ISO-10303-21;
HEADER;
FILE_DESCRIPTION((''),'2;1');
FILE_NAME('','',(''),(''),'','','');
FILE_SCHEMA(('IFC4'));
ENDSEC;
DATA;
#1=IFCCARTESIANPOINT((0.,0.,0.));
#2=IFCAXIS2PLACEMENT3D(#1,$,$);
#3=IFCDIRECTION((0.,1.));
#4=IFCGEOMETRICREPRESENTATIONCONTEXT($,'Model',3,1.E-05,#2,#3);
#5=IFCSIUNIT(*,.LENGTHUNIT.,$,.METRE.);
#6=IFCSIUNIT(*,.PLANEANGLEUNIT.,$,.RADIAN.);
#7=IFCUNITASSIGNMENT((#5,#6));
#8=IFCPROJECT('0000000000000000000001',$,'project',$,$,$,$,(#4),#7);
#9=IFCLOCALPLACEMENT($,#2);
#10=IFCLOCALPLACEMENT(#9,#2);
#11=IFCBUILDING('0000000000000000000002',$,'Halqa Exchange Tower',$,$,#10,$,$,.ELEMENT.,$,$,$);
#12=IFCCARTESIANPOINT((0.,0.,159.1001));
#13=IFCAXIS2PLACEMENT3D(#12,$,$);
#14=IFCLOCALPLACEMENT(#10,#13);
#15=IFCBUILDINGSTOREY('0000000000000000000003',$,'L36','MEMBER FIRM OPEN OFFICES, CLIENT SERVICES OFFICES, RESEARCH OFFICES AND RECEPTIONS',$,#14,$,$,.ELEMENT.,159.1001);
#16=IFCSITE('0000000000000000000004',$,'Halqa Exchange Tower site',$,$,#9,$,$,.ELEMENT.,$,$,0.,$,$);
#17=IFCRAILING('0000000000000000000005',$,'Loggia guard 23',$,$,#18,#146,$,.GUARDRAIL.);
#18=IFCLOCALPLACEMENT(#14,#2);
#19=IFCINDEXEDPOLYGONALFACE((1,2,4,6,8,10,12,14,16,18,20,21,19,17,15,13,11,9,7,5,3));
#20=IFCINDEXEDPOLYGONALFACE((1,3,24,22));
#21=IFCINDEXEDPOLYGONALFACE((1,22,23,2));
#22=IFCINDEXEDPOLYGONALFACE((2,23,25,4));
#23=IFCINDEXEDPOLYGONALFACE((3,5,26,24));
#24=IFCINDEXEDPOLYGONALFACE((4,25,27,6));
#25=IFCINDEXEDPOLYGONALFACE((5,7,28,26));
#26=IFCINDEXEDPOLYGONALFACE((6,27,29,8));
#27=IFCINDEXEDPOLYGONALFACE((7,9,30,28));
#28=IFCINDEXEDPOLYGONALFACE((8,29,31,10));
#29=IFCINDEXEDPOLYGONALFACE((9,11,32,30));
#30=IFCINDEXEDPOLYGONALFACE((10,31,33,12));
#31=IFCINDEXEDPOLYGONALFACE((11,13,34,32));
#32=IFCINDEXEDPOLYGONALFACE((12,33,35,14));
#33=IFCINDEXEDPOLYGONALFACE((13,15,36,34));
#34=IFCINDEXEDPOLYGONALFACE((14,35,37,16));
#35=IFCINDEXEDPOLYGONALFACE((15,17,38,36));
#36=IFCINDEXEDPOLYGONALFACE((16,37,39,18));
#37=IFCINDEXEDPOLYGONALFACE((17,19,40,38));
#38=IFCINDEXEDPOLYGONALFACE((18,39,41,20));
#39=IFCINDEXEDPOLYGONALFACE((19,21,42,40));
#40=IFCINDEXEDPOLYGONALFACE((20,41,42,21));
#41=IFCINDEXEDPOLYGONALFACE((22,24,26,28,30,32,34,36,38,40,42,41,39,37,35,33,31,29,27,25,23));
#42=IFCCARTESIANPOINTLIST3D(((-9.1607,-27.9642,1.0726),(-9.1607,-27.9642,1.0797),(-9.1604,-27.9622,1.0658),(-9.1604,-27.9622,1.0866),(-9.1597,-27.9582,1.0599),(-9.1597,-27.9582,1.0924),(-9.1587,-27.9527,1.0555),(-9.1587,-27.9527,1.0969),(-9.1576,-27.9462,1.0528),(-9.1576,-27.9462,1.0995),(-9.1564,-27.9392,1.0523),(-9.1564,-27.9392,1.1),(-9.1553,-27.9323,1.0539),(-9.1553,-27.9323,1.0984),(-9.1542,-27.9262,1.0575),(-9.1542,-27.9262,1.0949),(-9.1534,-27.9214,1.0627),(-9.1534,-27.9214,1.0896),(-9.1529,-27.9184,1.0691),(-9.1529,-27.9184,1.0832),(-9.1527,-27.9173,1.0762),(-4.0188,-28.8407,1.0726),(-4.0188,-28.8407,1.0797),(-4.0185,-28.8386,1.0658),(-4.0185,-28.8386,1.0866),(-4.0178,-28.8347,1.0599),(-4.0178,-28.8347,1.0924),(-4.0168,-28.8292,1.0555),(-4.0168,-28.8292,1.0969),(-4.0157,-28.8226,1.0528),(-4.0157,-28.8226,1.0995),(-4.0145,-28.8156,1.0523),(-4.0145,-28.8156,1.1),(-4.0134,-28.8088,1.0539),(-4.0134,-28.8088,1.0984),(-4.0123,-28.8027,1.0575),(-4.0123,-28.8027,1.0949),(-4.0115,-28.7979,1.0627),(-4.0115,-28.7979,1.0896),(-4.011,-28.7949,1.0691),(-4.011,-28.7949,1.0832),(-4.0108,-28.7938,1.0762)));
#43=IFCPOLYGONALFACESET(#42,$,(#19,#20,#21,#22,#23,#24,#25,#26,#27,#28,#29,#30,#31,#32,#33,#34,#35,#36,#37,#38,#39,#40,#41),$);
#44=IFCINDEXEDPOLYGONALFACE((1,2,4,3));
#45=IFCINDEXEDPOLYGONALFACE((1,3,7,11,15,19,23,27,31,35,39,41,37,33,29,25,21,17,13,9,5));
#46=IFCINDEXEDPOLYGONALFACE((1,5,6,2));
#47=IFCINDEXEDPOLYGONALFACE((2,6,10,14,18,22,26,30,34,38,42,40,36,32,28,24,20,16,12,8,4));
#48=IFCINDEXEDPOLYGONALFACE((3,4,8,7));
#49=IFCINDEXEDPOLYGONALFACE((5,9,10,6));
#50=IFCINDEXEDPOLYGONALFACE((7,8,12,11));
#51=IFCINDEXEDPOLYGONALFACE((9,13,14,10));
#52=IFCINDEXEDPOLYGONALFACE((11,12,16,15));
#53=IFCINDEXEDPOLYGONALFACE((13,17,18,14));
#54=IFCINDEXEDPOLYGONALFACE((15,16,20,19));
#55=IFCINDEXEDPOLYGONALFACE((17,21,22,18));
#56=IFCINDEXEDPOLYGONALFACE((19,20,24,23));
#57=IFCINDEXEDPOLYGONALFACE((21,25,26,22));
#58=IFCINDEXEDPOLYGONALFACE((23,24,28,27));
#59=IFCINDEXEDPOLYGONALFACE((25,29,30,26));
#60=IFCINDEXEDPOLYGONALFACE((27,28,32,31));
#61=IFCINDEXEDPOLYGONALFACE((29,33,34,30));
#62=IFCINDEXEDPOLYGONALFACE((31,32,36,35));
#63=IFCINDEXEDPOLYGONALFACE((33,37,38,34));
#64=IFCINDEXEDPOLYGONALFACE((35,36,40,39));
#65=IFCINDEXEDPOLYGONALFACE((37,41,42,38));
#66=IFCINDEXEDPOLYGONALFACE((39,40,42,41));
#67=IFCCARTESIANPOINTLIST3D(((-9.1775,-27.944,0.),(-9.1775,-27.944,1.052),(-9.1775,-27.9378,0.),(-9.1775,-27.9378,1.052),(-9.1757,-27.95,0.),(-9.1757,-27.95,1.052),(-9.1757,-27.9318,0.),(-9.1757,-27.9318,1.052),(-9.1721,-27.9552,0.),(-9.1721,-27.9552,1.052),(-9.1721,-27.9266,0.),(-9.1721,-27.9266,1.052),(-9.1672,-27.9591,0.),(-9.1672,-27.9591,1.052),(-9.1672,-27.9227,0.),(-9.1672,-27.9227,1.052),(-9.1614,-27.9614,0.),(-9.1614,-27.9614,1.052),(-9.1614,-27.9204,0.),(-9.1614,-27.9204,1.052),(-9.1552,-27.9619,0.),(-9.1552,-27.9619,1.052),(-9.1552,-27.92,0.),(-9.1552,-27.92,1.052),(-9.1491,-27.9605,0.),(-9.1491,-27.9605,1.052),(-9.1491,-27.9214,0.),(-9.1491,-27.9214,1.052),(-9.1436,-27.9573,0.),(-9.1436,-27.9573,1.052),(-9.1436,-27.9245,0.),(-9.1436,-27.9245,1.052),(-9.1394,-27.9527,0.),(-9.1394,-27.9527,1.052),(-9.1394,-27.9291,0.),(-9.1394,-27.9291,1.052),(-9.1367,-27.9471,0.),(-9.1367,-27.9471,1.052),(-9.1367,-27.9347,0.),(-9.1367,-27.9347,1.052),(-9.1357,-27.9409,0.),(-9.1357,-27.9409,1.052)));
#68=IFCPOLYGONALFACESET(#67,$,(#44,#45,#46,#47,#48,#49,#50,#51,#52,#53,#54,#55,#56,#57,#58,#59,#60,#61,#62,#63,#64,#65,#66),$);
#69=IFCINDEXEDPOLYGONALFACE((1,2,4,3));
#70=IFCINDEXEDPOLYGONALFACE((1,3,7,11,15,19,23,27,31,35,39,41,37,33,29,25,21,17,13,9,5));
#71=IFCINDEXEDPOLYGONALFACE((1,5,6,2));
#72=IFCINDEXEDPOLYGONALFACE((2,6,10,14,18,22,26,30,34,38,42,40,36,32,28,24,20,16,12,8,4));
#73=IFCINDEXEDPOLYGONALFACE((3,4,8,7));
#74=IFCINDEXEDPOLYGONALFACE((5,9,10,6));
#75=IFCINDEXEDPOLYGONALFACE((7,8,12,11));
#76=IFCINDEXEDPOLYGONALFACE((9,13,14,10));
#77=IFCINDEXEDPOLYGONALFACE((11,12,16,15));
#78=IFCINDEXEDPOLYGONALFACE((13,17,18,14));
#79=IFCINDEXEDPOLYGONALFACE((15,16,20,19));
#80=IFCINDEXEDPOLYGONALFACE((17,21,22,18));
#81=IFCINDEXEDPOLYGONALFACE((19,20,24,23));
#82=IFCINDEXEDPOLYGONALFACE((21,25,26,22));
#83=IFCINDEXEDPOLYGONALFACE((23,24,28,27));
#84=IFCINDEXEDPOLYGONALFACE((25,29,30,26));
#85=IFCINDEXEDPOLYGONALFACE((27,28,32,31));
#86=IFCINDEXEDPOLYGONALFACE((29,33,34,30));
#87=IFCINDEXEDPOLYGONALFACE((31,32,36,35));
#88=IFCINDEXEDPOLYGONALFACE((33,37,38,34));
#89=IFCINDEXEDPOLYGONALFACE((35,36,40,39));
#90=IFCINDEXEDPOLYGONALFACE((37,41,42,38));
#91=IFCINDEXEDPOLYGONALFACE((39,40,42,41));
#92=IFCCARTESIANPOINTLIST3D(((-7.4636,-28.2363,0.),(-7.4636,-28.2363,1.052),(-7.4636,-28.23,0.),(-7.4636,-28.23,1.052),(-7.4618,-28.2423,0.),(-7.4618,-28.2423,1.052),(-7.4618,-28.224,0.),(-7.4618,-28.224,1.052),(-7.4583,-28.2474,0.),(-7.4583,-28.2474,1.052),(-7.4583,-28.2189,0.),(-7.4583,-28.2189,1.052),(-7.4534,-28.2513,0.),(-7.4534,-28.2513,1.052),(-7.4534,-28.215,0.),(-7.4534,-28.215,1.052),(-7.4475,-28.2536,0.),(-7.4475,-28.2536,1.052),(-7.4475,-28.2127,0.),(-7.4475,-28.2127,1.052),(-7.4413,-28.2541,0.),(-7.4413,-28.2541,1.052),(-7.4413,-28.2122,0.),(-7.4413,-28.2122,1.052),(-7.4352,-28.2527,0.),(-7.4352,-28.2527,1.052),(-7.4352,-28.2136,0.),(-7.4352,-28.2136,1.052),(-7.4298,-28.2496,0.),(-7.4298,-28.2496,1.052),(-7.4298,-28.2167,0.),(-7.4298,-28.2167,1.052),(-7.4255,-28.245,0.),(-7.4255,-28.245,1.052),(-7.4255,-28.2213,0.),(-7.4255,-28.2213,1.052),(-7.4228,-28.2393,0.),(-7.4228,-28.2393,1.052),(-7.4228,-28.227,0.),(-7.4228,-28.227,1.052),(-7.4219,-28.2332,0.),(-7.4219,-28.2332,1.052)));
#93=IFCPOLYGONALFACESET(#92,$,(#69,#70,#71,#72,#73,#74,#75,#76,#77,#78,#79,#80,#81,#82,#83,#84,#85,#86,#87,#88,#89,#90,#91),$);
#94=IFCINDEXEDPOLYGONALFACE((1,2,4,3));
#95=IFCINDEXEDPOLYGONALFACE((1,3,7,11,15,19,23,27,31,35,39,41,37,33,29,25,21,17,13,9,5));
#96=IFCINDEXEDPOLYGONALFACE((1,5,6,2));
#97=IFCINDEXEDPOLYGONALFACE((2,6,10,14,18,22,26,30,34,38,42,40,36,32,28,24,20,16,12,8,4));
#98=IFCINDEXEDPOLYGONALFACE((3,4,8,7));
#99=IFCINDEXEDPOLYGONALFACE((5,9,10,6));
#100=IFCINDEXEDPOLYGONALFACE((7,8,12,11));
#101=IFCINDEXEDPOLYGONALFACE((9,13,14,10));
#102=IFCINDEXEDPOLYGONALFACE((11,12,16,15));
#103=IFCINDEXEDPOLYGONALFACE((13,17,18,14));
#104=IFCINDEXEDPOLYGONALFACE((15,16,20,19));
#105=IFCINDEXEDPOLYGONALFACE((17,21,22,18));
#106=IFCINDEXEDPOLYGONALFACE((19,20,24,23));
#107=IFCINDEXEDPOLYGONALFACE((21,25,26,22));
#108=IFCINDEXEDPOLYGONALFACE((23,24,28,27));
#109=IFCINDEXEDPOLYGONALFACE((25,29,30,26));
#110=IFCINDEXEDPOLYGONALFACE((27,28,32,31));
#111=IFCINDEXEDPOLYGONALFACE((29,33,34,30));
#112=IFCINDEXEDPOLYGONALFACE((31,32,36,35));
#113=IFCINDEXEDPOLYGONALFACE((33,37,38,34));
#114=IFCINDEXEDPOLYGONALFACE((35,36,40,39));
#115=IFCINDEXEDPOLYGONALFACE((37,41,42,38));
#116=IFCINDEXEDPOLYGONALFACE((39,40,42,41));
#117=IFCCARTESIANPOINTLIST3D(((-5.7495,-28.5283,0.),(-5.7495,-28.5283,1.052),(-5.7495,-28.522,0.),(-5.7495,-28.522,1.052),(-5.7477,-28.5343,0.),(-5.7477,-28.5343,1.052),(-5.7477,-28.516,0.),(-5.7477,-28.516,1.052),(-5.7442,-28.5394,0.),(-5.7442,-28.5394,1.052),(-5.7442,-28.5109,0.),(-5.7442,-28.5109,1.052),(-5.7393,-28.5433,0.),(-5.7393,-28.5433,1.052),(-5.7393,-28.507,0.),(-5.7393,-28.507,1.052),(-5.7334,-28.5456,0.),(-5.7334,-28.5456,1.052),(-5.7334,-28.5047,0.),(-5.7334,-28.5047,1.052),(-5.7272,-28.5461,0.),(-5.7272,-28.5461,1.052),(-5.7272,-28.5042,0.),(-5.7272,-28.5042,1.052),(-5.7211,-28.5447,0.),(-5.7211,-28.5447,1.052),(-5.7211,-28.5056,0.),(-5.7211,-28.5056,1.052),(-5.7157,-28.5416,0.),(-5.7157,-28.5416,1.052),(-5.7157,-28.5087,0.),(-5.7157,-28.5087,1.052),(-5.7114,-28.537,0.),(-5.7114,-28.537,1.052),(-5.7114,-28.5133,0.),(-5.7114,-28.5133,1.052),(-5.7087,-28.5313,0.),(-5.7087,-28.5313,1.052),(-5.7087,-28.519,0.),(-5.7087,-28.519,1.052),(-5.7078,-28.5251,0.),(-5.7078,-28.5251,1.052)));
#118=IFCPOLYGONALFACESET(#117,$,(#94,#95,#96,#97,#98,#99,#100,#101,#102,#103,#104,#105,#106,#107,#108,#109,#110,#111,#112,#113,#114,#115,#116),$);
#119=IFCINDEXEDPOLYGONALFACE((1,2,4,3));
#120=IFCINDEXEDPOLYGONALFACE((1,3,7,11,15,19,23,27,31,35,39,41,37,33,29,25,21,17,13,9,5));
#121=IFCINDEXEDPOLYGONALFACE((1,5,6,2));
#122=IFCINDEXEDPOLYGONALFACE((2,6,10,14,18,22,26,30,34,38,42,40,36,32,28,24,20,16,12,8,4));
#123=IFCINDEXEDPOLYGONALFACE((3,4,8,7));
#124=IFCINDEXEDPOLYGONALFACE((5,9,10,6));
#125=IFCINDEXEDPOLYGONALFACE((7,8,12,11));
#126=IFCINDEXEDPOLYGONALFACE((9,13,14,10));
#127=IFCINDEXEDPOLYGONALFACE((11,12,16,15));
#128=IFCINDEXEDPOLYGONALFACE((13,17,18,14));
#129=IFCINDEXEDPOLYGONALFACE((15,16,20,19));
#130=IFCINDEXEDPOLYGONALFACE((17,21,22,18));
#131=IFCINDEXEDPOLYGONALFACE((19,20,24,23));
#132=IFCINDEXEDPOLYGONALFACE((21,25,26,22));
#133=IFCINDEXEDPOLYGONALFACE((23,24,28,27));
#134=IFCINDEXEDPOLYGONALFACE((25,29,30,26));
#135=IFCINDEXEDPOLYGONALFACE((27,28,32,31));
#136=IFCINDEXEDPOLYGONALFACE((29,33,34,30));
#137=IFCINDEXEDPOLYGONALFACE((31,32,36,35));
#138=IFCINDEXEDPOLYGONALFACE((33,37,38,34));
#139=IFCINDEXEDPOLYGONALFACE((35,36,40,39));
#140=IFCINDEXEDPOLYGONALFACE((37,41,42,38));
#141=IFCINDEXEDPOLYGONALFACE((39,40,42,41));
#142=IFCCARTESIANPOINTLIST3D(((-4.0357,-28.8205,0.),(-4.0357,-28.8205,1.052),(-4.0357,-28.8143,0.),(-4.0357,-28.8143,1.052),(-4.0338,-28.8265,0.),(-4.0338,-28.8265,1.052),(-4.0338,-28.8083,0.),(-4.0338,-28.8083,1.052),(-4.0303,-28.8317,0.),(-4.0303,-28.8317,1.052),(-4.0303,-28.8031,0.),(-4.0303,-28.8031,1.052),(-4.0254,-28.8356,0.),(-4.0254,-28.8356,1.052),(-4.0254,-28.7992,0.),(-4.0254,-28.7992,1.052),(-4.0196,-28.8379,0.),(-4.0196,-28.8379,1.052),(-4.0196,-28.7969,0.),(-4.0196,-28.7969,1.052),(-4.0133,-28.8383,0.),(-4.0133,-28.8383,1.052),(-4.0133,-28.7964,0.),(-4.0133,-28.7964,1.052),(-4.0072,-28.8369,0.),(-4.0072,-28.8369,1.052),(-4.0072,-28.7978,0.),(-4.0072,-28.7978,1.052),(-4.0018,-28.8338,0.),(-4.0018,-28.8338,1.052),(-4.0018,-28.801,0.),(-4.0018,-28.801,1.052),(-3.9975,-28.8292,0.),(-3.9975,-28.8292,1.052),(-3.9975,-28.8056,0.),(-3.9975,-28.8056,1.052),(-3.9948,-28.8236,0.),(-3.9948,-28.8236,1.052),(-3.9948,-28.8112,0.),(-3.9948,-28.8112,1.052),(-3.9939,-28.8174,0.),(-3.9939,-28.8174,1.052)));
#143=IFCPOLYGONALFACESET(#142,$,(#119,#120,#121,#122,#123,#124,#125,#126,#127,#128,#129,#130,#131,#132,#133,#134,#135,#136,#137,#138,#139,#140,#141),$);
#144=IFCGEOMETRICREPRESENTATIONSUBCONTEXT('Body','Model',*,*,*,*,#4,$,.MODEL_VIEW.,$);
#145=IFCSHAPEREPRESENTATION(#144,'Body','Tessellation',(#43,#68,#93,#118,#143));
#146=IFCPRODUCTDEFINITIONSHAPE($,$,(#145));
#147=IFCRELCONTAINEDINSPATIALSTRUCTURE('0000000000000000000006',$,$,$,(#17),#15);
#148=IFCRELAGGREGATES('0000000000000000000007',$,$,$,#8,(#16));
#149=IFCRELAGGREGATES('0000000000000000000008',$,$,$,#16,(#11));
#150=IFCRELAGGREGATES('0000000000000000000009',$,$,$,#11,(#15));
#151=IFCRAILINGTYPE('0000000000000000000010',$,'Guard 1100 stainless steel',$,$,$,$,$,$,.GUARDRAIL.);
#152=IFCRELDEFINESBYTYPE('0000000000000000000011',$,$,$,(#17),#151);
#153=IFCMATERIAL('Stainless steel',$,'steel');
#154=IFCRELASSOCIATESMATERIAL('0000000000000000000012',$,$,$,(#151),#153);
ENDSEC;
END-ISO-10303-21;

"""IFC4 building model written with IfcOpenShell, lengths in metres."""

from ifc_helpers import new_model, si_unit, direction, frame, origin, origin_2d, place, context, subcontext, project, spatial, circle, extrude, material, type_object, element, save


model = new_model("IFC4")

# Units and contexts
model_context = context("Model", 3, precision=1e-05, world=origin(), true_north=direction((0.0, 1.0)))
body_context = subcontext(model_context, "Body", "Model", "MODEL_VIEW")
ifc_project = project(units=[si_unit("LENGTHUNIT", "METRE"), si_unit("PLANEANGLEUNIT", "RADIAN")], contexts=[model_context])

# Site, building, storey
site_placement = place(None, origin())
site = spatial("IfcSite", under=ifc_project, at=site_placement, Name="Halqa Exchange Tower site", CompositionType="ELEMENT", RefElevation=0.0)
building_placement = place(site_placement, origin())
building = spatial("IfcBuilding", under=site, at=building_placement, Name="Halqa Exchange Tower", CompositionType="ELEMENT")
storey_placement = place(building_placement, frame((0.0, 0.0, 159.1001)))
storey = spatial("IfcBuildingStorey", under=building, at=storey_placement, Name="L36", Description="MEMBER FIRM OPEN OFFICES, CLIENT SERVICES OFFICES, RESEARCH OFFICES AND RECEPTIONS", CompositionType="ELEMENT", Elevation=159.1001)

# Railing
ifc_material_1 = material(Name="Stainless steel", Category="steel")
railing_type = type_object("IfcRailingType", Name="Guard 1100 stainless steel", PredefinedType="GUARDRAIL", material=ifc_material_1)
railing_1_placement = place(storey_placement, frame((-9.1567, -27.9409, 0.0)))
element("IfcRailing", 1, at=railing_1_placement, inside=storey, type_object=railing_type, Name="Loggia guard 23", PredefinedType="GUARDRAIL", context=body_context, shape_type="SweptSolid", body=[
    extrude(circle(Radius=0.0239, at=origin_2d()), frame((0.0, 0.0, 1.0762), z_axis=(0.985781, -0.168034, 0.0), x_axis=(0.168034, 0.985781, 0.0)), (0.0, 0.0, 1.0), 5.2161),
    extrude(circle(Radius=0.021, at=origin_2d()), origin(), (0.0, 0.0, 1.0), 1.052),
    extrude(circle(Radius=0.021, at=origin_2d()), frame((1.7139, -0.2922, 0.0)), (0.0, 0.0, 1.0), 1.052),
    extrude(circle(Radius=0.021, at=origin_2d()), frame((3.428, -0.5842, 0.0)), (0.0, 0.0, 1.0), 1.052),
    extrude(circle(Radius=0.021, at=origin_2d()), frame((5.1418, -0.8765, 0.0)), (0.0, 0.0, 1.0), 1.052),
])

save(model, "model.ifc")
